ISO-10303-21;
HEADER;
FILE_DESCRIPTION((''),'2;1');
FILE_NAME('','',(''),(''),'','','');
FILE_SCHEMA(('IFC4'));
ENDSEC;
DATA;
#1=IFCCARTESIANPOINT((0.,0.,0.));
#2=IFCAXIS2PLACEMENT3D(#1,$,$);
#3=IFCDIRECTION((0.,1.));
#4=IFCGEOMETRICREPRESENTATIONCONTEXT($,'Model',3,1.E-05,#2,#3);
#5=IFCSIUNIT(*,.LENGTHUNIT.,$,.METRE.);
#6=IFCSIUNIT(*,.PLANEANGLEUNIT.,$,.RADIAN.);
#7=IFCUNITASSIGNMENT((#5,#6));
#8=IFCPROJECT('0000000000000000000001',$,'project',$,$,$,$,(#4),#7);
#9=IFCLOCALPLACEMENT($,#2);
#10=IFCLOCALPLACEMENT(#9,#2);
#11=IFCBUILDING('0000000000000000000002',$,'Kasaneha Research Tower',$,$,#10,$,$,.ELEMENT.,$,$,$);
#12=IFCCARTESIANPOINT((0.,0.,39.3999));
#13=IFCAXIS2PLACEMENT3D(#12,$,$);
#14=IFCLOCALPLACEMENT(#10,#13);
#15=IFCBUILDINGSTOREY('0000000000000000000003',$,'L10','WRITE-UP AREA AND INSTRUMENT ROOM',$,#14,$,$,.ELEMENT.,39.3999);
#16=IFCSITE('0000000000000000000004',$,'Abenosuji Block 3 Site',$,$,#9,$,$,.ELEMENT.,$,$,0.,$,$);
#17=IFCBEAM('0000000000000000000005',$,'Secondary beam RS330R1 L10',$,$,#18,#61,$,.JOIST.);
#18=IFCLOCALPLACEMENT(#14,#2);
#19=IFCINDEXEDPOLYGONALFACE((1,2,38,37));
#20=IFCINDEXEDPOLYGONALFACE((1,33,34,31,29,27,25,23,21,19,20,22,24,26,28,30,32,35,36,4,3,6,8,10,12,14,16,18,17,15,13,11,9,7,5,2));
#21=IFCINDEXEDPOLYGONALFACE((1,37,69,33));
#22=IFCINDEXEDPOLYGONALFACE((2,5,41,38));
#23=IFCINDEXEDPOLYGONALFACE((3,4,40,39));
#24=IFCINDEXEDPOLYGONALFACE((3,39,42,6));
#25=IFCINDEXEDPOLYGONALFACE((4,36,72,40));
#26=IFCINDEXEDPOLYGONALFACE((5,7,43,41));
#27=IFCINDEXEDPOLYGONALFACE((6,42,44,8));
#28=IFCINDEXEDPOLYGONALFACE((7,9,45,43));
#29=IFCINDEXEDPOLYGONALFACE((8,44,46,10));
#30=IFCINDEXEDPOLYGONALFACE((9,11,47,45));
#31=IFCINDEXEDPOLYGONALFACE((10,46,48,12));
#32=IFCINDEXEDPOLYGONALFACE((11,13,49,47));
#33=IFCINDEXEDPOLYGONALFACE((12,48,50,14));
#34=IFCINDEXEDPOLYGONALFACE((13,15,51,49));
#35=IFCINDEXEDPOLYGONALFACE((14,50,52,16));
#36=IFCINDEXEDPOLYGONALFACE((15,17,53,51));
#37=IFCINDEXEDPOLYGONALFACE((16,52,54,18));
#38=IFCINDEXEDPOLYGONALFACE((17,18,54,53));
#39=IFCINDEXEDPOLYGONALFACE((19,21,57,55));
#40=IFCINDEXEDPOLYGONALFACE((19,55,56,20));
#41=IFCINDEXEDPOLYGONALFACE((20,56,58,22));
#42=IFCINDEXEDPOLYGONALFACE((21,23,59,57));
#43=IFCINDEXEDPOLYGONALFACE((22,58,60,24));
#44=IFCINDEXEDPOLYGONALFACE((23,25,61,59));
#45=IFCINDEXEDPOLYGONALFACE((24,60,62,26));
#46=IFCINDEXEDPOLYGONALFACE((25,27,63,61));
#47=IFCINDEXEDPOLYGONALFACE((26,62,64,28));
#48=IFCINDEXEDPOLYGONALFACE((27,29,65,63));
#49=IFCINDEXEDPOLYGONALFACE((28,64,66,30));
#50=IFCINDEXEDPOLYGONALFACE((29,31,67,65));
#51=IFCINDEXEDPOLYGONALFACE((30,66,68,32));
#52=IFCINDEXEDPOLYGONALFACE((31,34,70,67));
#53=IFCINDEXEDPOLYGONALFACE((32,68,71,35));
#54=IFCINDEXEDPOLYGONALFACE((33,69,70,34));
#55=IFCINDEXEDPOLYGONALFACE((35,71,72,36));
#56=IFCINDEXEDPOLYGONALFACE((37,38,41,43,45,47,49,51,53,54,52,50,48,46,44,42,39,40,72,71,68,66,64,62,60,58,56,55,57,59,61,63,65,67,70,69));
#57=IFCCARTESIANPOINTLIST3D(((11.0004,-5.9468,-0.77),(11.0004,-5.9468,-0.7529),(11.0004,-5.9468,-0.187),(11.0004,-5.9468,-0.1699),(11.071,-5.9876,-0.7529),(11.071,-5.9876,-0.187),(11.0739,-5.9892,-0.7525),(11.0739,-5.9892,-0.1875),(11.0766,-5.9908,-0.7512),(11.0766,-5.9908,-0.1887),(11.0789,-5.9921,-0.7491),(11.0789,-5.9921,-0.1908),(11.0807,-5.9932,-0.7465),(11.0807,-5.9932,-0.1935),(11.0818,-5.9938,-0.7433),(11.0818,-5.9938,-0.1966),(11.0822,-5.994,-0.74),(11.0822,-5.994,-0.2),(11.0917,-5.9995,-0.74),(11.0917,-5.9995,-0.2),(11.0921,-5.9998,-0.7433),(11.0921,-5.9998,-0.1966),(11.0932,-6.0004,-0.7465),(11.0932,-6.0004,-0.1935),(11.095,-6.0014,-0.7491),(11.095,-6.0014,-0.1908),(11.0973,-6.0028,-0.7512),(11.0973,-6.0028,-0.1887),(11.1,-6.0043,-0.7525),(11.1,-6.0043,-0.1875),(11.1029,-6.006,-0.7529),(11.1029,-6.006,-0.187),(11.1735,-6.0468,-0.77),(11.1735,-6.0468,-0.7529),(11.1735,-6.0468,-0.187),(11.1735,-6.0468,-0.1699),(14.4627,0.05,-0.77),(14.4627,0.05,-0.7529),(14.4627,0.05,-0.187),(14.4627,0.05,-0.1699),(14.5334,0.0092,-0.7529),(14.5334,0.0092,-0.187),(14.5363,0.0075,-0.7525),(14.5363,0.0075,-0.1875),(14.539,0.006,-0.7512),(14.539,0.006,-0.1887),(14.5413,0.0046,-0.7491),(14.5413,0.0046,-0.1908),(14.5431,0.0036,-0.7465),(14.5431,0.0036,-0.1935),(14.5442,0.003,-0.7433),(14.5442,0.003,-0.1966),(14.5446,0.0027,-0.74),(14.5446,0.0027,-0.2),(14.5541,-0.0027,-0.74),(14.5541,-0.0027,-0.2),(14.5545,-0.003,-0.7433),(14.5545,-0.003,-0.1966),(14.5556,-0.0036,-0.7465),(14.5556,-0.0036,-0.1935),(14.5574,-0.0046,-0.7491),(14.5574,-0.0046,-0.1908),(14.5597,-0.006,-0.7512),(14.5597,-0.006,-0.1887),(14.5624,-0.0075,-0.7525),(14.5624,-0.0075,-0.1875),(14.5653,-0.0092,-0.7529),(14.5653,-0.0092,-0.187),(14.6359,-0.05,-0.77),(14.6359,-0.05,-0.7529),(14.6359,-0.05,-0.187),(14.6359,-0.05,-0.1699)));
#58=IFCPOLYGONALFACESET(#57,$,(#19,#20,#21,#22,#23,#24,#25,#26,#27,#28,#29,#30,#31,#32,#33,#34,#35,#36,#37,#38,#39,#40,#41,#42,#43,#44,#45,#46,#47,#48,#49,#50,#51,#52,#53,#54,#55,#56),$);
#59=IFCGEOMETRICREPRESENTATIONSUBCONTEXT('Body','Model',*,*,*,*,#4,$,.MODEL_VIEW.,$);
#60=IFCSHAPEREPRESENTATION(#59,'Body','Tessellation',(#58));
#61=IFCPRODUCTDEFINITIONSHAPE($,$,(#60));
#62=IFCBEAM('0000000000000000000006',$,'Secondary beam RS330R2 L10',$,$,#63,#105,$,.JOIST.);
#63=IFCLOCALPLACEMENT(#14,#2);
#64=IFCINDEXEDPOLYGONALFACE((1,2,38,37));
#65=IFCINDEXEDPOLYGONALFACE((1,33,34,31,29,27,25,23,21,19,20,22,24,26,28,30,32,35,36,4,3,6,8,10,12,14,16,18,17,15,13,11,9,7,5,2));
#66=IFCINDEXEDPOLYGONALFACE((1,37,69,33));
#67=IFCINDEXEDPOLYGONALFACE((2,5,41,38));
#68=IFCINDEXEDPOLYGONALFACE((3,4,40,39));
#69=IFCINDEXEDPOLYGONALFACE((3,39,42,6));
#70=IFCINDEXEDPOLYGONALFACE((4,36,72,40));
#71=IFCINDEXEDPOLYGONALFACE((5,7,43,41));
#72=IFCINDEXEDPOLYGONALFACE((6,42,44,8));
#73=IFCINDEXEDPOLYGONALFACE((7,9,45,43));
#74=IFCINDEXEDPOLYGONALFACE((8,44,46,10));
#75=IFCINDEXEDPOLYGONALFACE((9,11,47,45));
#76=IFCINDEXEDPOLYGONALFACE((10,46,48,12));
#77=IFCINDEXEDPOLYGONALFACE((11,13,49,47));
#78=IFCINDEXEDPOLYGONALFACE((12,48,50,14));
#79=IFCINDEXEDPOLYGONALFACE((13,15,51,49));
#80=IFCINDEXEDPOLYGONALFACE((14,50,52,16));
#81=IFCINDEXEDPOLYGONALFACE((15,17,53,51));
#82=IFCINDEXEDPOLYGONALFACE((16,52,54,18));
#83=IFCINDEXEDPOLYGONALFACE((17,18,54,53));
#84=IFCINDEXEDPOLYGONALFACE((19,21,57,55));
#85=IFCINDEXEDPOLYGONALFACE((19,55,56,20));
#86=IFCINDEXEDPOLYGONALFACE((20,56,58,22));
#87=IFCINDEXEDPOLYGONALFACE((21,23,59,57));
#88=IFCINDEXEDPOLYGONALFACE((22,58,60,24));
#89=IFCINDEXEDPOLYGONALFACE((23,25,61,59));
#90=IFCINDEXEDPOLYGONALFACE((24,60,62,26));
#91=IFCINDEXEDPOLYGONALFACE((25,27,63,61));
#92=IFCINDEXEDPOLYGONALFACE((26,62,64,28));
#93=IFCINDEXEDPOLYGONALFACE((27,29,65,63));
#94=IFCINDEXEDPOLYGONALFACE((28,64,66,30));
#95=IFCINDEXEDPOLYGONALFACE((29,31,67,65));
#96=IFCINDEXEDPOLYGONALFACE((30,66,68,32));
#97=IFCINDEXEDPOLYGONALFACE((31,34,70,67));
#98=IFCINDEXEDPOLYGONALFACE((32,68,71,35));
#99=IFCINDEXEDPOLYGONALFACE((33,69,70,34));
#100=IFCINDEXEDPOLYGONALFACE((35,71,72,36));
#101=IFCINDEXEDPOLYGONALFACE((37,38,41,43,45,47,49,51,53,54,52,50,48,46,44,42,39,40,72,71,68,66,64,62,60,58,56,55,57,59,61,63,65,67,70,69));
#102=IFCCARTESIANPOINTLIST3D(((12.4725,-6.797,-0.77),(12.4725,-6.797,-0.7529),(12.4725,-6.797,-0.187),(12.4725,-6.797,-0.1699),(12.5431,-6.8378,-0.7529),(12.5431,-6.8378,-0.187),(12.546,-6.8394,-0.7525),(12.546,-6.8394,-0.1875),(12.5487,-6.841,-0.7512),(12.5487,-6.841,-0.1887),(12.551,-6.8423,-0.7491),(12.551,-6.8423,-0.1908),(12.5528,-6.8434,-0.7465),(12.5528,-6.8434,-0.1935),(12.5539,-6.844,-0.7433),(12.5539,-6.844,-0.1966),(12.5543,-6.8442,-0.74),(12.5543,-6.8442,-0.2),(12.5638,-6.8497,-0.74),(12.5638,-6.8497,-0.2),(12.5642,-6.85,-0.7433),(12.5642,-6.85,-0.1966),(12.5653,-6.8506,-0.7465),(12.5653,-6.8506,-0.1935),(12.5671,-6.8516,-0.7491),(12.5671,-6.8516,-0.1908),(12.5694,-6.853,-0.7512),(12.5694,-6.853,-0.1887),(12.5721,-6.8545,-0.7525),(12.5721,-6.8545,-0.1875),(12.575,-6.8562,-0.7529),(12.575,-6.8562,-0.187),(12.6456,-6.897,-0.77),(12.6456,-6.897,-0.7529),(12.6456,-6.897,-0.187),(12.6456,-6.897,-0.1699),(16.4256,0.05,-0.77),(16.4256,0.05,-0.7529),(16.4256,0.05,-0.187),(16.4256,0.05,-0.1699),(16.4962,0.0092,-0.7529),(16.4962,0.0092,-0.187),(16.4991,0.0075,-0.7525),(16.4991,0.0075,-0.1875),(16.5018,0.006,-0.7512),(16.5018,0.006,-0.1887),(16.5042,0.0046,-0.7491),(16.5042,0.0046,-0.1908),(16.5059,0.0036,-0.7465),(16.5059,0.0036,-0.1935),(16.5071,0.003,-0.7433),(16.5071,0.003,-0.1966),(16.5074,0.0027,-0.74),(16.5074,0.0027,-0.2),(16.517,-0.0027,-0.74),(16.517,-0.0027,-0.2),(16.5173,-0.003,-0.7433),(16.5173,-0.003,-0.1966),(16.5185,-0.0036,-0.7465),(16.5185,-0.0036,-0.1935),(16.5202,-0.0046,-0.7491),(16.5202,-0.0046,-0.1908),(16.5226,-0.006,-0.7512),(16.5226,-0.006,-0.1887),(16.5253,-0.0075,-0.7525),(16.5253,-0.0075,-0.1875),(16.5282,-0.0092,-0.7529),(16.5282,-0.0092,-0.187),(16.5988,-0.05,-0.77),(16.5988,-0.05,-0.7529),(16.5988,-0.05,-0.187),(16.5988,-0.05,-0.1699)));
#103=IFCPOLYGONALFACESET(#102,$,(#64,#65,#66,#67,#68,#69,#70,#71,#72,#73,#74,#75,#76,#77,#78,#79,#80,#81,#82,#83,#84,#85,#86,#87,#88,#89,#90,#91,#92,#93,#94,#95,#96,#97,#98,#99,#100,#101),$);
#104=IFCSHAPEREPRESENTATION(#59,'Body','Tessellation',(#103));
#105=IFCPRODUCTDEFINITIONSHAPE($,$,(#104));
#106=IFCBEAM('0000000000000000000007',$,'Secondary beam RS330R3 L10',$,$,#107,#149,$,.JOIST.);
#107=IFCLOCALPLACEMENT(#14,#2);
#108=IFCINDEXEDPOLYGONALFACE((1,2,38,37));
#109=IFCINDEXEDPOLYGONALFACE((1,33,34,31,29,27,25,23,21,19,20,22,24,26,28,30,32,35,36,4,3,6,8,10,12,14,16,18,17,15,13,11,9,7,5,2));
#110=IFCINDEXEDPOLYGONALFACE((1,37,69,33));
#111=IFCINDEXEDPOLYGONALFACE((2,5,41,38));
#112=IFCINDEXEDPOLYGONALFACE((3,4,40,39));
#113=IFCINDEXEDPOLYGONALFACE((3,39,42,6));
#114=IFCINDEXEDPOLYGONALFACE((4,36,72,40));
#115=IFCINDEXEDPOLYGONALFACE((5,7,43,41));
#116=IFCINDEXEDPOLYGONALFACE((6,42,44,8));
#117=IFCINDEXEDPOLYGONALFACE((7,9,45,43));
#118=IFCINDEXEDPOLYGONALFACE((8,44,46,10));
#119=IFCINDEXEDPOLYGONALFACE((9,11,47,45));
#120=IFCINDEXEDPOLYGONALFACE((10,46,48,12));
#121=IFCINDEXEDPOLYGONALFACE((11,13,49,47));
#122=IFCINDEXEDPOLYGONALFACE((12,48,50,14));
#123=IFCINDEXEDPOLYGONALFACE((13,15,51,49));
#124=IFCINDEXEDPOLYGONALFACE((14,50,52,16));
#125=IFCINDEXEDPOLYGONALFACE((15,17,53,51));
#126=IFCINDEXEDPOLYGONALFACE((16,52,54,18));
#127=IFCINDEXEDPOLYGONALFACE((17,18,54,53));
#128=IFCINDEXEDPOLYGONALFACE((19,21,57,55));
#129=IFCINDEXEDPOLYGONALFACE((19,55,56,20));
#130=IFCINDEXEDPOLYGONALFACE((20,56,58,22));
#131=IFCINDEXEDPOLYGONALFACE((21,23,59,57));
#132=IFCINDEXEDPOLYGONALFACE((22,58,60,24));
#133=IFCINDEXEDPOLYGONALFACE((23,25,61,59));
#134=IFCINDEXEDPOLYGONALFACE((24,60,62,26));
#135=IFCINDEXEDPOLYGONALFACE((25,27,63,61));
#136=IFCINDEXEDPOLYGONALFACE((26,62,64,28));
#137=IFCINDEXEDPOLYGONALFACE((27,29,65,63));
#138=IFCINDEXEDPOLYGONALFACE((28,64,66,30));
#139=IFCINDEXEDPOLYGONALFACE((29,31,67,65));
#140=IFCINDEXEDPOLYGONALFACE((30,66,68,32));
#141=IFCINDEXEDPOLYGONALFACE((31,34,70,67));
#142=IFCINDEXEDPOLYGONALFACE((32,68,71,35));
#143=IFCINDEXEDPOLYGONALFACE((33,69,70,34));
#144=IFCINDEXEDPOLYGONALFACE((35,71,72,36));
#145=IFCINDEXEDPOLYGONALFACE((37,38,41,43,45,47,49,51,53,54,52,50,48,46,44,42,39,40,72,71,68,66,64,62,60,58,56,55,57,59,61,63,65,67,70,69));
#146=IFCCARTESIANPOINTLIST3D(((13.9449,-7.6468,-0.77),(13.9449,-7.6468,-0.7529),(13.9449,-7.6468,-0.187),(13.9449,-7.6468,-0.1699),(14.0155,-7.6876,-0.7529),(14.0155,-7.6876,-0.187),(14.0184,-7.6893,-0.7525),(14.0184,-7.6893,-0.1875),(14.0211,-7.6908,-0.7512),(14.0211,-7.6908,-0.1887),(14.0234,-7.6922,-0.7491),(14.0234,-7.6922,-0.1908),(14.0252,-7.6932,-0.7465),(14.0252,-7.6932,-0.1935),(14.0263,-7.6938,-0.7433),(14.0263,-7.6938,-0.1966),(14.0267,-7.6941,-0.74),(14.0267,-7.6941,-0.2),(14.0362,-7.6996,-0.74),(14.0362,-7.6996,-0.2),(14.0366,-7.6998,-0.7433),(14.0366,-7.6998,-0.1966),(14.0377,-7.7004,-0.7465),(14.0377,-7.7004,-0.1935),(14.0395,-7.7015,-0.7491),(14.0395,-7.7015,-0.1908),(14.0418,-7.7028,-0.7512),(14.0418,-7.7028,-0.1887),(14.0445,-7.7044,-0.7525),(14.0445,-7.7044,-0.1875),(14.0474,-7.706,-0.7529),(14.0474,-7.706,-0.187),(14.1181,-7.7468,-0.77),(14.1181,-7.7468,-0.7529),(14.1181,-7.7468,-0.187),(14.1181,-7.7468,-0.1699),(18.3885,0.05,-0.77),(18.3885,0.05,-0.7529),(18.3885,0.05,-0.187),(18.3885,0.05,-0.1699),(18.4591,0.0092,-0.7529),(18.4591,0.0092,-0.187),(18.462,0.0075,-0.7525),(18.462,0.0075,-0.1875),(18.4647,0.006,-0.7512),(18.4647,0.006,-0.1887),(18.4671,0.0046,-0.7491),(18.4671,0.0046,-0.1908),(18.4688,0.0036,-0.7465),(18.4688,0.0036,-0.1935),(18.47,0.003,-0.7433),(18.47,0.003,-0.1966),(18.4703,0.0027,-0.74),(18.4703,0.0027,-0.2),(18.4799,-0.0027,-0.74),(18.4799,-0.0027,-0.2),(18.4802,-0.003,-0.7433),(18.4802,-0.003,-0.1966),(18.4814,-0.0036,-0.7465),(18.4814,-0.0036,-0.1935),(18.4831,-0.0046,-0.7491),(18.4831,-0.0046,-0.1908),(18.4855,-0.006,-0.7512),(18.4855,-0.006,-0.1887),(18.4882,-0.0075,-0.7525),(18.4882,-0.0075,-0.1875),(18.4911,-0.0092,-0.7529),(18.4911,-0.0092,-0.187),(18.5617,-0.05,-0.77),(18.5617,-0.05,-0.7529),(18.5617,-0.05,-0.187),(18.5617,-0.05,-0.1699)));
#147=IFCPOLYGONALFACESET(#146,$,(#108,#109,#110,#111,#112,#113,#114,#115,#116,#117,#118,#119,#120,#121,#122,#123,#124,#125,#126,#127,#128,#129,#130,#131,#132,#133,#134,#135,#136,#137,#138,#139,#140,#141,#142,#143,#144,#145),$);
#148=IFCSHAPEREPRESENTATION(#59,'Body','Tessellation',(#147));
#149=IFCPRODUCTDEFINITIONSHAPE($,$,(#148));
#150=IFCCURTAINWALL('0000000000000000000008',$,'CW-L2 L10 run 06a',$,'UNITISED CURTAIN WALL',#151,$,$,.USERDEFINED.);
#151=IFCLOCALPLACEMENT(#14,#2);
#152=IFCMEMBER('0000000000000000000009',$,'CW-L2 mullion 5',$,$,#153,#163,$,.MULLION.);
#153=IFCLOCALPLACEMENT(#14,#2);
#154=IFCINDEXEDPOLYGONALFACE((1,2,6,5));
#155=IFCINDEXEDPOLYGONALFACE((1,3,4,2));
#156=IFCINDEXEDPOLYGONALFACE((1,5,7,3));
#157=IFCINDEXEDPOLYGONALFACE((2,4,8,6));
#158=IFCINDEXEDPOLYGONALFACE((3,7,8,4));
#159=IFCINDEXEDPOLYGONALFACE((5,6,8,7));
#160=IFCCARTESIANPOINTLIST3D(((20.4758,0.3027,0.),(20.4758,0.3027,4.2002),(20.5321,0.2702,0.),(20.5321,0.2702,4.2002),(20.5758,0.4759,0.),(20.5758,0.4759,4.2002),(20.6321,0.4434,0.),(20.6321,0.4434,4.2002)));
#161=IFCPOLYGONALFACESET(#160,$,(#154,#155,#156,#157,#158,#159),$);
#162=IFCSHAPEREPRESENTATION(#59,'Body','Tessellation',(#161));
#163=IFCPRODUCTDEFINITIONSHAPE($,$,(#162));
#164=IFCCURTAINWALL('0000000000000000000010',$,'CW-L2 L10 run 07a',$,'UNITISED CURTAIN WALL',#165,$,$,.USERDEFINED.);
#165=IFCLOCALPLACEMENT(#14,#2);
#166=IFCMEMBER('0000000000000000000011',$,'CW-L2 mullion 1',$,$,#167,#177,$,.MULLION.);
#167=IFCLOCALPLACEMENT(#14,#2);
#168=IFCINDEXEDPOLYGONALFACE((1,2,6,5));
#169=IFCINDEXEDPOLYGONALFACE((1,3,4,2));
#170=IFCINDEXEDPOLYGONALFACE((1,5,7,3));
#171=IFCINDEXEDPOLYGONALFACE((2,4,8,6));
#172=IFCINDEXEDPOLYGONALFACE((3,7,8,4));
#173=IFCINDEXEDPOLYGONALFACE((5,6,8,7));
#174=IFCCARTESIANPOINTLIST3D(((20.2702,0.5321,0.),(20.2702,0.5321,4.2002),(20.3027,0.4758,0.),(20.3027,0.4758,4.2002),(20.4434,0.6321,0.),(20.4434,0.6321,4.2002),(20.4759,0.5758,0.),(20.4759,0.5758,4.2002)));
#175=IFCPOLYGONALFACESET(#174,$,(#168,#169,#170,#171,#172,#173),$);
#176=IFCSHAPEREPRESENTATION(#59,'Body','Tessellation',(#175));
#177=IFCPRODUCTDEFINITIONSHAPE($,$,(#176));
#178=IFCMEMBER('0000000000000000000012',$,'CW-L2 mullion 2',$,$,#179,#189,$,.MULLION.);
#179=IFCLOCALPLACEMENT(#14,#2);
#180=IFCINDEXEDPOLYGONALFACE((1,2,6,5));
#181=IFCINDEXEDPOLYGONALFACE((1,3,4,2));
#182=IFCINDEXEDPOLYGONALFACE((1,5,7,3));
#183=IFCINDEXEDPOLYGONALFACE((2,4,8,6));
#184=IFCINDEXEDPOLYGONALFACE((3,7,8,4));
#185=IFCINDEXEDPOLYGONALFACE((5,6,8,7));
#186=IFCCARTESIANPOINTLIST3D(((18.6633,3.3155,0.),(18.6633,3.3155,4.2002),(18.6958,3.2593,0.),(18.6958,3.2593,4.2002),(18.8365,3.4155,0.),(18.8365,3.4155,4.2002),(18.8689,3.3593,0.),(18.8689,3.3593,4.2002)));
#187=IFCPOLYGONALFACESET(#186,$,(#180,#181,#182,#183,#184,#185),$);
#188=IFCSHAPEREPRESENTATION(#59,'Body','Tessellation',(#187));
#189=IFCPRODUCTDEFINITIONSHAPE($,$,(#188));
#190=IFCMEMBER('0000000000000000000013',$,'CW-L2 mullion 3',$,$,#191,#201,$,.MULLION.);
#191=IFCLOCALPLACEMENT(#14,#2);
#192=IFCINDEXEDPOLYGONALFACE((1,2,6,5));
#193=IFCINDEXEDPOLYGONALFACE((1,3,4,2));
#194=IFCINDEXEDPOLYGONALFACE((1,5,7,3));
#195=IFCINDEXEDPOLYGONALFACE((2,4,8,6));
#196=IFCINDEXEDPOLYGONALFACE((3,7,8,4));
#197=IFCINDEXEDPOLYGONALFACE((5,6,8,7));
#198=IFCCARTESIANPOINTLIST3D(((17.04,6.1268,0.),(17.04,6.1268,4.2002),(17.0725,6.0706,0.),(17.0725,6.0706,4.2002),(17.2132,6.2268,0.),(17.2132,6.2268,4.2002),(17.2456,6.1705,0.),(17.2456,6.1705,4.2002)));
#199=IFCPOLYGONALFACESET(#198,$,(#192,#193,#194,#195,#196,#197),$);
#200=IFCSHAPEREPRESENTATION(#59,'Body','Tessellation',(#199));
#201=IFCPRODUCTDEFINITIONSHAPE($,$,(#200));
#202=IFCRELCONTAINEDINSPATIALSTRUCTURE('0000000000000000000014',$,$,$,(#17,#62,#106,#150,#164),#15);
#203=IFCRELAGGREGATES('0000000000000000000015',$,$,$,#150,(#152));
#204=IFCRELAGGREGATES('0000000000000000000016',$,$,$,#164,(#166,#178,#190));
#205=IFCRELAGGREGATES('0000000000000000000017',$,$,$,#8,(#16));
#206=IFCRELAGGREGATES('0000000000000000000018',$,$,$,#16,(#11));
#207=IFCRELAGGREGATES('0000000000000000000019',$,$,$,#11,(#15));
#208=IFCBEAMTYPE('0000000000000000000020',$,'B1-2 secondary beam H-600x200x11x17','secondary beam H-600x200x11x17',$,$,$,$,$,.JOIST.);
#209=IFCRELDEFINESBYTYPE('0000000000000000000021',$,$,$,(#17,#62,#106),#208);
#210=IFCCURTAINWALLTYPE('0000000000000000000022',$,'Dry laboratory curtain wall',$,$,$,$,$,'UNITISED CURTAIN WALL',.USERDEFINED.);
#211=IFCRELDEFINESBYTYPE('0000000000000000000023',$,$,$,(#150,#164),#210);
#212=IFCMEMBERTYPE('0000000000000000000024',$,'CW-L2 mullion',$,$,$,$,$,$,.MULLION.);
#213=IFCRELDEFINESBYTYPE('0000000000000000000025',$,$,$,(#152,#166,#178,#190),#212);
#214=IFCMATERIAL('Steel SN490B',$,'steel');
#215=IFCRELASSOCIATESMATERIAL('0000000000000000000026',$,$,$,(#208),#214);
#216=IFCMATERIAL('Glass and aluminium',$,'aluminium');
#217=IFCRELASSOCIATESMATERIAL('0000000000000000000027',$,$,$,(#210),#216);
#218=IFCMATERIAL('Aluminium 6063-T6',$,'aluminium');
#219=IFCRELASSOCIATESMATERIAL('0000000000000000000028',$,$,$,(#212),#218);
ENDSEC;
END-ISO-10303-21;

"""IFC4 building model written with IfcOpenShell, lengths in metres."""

from ifc_helpers import new_model, si_unit, direction, frame, origin, origin_2d, place, context, subcontext, project, spatial, rectangle, i_section, extrude, material, material_profile, profile_set, type_object, element, aggregate, save


model = new_model("IFC4")

# Units and contexts
model_context = context("Model", 3, precision=1e-05, world=origin(), true_north=direction((0.0, 1.0)))
body_context = subcontext(model_context, "Body", "Model", "MODEL_VIEW")
ifc_project = project(units=[si_unit("LENGTHUNIT", "METRE"), si_unit("PLANEANGLEUNIT", "RADIAN")], contexts=[model_context])

# Site, building, storey
site_placement = place(None, origin())
site = spatial("IfcSite", under=ifc_project, at=site_placement, Name="Abenosuji Block 3 Site", CompositionType="ELEMENT", RefElevation=0.0)
building_placement = place(site_placement, origin())
building = spatial("IfcBuilding", under=site, at=building_placement, Name="Kasaneha Research Tower", CompositionType="ELEMENT")
storey_placement = place(building_placement, frame((0.0, 0.0, 39.3999)))
storey = spatial("IfcBuildingStorey", under=building, at=storey_placement, Name="L10", Description="WRITE-UP AREA AND INSTRUMENT ROOM", CompositionType="ELEMENT", Elevation=39.3999)

# Beams
ifc_material_1 = material(Name="Steel SN490B", Category="steel")
ifc_material_profile_1 = material_profile(ifc_material_1, i_section(OverallWidth=0.2, OverallDepth=0.6001, WebThickness=0.011, FlangeThickness=0.0171, FilletRadius=0.0129, at=origin_2d()), Name="H-600x200x11x17")
ifc_profile_set_1 = profile_set([ifc_material_profile_1], Name="Steel SN490B")
beam_type_1 = type_object("IfcBeamType", Name="B1-2 secondary beam H-600x200x11x17", Description="secondary beam H-600x200x11x17", PredefinedType="JOIST", material=ifc_profile_set_1)
beam_1_placement = place(storey_placement, frame((14.5493, 0.0, -0.47), z_axis=(-0.500014, -0.866017, 0.0), x_axis=(0.866017, -0.500014, 0.0)))
element("IfcBeam", 1, at=beam_1_placement, inside=storey, type_object=beam_type_1, Name="Secondary beam RS330R1 L10", PredefinedType="JOIST", context=body_context, shape_type="SweptSolid", body=[
    extrude(i_section(OverallWidth=0.2, OverallDepth=0.6001, WebThickness=0.011, FlangeThickness=0.0171, FilletRadius=0.0129, at=origin_2d()), origin(), (0.0, 0.0, 1.0), 6.9246),
])
beam_2_placement = place(storey_placement, frame((16.5122, 0.0, -0.47), z_axis=(-0.500005, -0.866023, 0.0), x_axis=(0.866023, -0.500005, 0.0)))
element("IfcBeam", 2, at=beam_2_placement, inside=storey, type_object=beam_type_1, Name="Secondary beam RS330R2 L10", PredefinedType="JOIST", context=body_context, shape_type="SweptSolid", body=[
    extrude(i_section(OverallWidth=0.2, OverallDepth=0.6001, WebThickness=0.011, FlangeThickness=0.0171, FilletRadius=0.0129, at=origin_2d()), origin(), (0.0, 0.0, 1.0), 7.9062),
])
beam_3_placement = place(storey_placement, frame((18.4751, 0.0, -0.47), z_axis=(-0.499989, -0.866032, 0.0), x_axis=(0.866032, -0.499989, 0.0)))
element("IfcBeam", 3, at=beam_3_placement, inside=storey, type_object=beam_type_1, Name="Secondary beam RS330R3 L10", PredefinedType="JOIST", context=body_context, shape_type="SweptSolid", body=[
    extrude(i_section(OverallWidth=0.2, OverallDepth=0.6001, WebThickness=0.011, FlangeThickness=0.0171, FilletRadius=0.0129, at=origin_2d()), origin(), (0.0, 0.0, 1.0), 8.8875),
])

# Curtain wall, member
ifc_material_2 = material(Name="Glass and aluminium", Category="aluminium")
curtain_wall_type = type_object("IfcCurtainWallType", Name="Dry laboratory curtain wall", ElementType="UNITISED CURTAIN WALL", PredefinedType="USERDEFINED", material=ifc_material_2)
curtain_wall_1_placement = place(storey_placement, origin())
curtain_wall_1 = element("IfcCurtainWall", 4, at=curtain_wall_1_placement, inside=storey, type_object=curtain_wall_type, Name="CW-L2 L10 run 06a", ObjectType="UNITISED CURTAIN WALL", PredefinedType="USERDEFINED")
ifc_material_3 = material(Name="Aluminium 6063-T6", Category="aluminium")
ifc_material_profile_2 = material_profile(ifc_material_3, rectangle(XDim=0.0649, YDim=0.2, at=origin_2d()), Name="CW-L2 mullion 65x200")
ifc_profile_set_2 = profile_set([ifc_material_profile_2], Name="Aluminium 6063-T6")
member_type_1 = type_object("IfcMemberType", Name="CW-L2 mullion", PredefinedType="MULLION", material=ifc_profile_set_2)
member_1_placement = place(storey_placement, frame((20.554, 0.373, 0.0), z_axis=(0.0, 0.0, 1.0), x_axis=(-0.866025, 0.5, 0.0)))
member_1 = element("IfcMember", 5, at=member_1_placement, type_object=member_type_1, Name="CW-L2 mullion 5", PredefinedType="MULLION", context=body_context, shape_type="SweptSolid", body=[
    extrude(rectangle(XDim=0.0649, YDim=0.2, at=origin_2d()), origin(), (0.0, 0.0, 1.0), 4.2002),
])
aggregate(curtain_wall_1, [member_1])

# Curtain wall, members
curtain_wall_2_placement = place(storey_placement, origin())
curtain_wall_2 = element("IfcCurtainWall", 6, at=curtain_wall_2_placement, inside=storey, type_object=curtain_wall_type, Name="CW-L2 L10 run 07a", ObjectType="UNITISED CURTAIN WALL", PredefinedType="USERDEFINED")
member_2_placement = place(storey_placement, frame((20.373, 0.554, 0.0), z_axis=(0.0, 0.0, 1.0), x_axis=(-0.5, 0.866025, 0.0)))
member_2 = element("IfcMember", 7, at=member_2_placement, type_object=member_type_1, Name="CW-L2 mullion 1", PredefinedType="MULLION", context=body_context, shape_type="SweptSolid", body=[
    extrude(rectangle(XDim=0.0649, YDim=0.2, at=origin_2d()), origin(), (0.0, 0.0, 1.0), 4.2002),
])
member_3_placement = place(storey_placement, frame((18.7661, 3.3374, 0.0), z_axis=(0.0, 0.0, 1.0), x_axis=(-0.5, 0.866025, 0.0)))
member_3 = element("IfcMember", 8, at=member_3_placement, type_object=member_type_1, Name="CW-L2 mullion 2", PredefinedType="MULLION", context=body_context, shape_type="SweptSolid", body=[
    extrude(rectangle(XDim=0.0649, YDim=0.2, at=origin_2d()), origin(), (0.0, 0.0, 1.0), 4.2002),
])
member_4_placement = place(storey_placement, frame((17.1428, 6.1487, 0.0), z_axis=(0.0, 0.0, 1.0), x_axis=(-0.5, 0.866025, 0.0)))
member_4 = element("IfcMember", 9, at=member_4_placement, type_object=member_type_1, Name="CW-L2 mullion 3", PredefinedType="MULLION", context=body_context, shape_type="SweptSolid", body=[
    extrude(rectangle(XDim=0.0649, YDim=0.2, at=origin_2d()), origin(), (0.0, 0.0, 1.0), 4.2002),
])

aggregate(curtain_wall_2, [member_2, member_3, member_4])

save(model, "model.ifc")
